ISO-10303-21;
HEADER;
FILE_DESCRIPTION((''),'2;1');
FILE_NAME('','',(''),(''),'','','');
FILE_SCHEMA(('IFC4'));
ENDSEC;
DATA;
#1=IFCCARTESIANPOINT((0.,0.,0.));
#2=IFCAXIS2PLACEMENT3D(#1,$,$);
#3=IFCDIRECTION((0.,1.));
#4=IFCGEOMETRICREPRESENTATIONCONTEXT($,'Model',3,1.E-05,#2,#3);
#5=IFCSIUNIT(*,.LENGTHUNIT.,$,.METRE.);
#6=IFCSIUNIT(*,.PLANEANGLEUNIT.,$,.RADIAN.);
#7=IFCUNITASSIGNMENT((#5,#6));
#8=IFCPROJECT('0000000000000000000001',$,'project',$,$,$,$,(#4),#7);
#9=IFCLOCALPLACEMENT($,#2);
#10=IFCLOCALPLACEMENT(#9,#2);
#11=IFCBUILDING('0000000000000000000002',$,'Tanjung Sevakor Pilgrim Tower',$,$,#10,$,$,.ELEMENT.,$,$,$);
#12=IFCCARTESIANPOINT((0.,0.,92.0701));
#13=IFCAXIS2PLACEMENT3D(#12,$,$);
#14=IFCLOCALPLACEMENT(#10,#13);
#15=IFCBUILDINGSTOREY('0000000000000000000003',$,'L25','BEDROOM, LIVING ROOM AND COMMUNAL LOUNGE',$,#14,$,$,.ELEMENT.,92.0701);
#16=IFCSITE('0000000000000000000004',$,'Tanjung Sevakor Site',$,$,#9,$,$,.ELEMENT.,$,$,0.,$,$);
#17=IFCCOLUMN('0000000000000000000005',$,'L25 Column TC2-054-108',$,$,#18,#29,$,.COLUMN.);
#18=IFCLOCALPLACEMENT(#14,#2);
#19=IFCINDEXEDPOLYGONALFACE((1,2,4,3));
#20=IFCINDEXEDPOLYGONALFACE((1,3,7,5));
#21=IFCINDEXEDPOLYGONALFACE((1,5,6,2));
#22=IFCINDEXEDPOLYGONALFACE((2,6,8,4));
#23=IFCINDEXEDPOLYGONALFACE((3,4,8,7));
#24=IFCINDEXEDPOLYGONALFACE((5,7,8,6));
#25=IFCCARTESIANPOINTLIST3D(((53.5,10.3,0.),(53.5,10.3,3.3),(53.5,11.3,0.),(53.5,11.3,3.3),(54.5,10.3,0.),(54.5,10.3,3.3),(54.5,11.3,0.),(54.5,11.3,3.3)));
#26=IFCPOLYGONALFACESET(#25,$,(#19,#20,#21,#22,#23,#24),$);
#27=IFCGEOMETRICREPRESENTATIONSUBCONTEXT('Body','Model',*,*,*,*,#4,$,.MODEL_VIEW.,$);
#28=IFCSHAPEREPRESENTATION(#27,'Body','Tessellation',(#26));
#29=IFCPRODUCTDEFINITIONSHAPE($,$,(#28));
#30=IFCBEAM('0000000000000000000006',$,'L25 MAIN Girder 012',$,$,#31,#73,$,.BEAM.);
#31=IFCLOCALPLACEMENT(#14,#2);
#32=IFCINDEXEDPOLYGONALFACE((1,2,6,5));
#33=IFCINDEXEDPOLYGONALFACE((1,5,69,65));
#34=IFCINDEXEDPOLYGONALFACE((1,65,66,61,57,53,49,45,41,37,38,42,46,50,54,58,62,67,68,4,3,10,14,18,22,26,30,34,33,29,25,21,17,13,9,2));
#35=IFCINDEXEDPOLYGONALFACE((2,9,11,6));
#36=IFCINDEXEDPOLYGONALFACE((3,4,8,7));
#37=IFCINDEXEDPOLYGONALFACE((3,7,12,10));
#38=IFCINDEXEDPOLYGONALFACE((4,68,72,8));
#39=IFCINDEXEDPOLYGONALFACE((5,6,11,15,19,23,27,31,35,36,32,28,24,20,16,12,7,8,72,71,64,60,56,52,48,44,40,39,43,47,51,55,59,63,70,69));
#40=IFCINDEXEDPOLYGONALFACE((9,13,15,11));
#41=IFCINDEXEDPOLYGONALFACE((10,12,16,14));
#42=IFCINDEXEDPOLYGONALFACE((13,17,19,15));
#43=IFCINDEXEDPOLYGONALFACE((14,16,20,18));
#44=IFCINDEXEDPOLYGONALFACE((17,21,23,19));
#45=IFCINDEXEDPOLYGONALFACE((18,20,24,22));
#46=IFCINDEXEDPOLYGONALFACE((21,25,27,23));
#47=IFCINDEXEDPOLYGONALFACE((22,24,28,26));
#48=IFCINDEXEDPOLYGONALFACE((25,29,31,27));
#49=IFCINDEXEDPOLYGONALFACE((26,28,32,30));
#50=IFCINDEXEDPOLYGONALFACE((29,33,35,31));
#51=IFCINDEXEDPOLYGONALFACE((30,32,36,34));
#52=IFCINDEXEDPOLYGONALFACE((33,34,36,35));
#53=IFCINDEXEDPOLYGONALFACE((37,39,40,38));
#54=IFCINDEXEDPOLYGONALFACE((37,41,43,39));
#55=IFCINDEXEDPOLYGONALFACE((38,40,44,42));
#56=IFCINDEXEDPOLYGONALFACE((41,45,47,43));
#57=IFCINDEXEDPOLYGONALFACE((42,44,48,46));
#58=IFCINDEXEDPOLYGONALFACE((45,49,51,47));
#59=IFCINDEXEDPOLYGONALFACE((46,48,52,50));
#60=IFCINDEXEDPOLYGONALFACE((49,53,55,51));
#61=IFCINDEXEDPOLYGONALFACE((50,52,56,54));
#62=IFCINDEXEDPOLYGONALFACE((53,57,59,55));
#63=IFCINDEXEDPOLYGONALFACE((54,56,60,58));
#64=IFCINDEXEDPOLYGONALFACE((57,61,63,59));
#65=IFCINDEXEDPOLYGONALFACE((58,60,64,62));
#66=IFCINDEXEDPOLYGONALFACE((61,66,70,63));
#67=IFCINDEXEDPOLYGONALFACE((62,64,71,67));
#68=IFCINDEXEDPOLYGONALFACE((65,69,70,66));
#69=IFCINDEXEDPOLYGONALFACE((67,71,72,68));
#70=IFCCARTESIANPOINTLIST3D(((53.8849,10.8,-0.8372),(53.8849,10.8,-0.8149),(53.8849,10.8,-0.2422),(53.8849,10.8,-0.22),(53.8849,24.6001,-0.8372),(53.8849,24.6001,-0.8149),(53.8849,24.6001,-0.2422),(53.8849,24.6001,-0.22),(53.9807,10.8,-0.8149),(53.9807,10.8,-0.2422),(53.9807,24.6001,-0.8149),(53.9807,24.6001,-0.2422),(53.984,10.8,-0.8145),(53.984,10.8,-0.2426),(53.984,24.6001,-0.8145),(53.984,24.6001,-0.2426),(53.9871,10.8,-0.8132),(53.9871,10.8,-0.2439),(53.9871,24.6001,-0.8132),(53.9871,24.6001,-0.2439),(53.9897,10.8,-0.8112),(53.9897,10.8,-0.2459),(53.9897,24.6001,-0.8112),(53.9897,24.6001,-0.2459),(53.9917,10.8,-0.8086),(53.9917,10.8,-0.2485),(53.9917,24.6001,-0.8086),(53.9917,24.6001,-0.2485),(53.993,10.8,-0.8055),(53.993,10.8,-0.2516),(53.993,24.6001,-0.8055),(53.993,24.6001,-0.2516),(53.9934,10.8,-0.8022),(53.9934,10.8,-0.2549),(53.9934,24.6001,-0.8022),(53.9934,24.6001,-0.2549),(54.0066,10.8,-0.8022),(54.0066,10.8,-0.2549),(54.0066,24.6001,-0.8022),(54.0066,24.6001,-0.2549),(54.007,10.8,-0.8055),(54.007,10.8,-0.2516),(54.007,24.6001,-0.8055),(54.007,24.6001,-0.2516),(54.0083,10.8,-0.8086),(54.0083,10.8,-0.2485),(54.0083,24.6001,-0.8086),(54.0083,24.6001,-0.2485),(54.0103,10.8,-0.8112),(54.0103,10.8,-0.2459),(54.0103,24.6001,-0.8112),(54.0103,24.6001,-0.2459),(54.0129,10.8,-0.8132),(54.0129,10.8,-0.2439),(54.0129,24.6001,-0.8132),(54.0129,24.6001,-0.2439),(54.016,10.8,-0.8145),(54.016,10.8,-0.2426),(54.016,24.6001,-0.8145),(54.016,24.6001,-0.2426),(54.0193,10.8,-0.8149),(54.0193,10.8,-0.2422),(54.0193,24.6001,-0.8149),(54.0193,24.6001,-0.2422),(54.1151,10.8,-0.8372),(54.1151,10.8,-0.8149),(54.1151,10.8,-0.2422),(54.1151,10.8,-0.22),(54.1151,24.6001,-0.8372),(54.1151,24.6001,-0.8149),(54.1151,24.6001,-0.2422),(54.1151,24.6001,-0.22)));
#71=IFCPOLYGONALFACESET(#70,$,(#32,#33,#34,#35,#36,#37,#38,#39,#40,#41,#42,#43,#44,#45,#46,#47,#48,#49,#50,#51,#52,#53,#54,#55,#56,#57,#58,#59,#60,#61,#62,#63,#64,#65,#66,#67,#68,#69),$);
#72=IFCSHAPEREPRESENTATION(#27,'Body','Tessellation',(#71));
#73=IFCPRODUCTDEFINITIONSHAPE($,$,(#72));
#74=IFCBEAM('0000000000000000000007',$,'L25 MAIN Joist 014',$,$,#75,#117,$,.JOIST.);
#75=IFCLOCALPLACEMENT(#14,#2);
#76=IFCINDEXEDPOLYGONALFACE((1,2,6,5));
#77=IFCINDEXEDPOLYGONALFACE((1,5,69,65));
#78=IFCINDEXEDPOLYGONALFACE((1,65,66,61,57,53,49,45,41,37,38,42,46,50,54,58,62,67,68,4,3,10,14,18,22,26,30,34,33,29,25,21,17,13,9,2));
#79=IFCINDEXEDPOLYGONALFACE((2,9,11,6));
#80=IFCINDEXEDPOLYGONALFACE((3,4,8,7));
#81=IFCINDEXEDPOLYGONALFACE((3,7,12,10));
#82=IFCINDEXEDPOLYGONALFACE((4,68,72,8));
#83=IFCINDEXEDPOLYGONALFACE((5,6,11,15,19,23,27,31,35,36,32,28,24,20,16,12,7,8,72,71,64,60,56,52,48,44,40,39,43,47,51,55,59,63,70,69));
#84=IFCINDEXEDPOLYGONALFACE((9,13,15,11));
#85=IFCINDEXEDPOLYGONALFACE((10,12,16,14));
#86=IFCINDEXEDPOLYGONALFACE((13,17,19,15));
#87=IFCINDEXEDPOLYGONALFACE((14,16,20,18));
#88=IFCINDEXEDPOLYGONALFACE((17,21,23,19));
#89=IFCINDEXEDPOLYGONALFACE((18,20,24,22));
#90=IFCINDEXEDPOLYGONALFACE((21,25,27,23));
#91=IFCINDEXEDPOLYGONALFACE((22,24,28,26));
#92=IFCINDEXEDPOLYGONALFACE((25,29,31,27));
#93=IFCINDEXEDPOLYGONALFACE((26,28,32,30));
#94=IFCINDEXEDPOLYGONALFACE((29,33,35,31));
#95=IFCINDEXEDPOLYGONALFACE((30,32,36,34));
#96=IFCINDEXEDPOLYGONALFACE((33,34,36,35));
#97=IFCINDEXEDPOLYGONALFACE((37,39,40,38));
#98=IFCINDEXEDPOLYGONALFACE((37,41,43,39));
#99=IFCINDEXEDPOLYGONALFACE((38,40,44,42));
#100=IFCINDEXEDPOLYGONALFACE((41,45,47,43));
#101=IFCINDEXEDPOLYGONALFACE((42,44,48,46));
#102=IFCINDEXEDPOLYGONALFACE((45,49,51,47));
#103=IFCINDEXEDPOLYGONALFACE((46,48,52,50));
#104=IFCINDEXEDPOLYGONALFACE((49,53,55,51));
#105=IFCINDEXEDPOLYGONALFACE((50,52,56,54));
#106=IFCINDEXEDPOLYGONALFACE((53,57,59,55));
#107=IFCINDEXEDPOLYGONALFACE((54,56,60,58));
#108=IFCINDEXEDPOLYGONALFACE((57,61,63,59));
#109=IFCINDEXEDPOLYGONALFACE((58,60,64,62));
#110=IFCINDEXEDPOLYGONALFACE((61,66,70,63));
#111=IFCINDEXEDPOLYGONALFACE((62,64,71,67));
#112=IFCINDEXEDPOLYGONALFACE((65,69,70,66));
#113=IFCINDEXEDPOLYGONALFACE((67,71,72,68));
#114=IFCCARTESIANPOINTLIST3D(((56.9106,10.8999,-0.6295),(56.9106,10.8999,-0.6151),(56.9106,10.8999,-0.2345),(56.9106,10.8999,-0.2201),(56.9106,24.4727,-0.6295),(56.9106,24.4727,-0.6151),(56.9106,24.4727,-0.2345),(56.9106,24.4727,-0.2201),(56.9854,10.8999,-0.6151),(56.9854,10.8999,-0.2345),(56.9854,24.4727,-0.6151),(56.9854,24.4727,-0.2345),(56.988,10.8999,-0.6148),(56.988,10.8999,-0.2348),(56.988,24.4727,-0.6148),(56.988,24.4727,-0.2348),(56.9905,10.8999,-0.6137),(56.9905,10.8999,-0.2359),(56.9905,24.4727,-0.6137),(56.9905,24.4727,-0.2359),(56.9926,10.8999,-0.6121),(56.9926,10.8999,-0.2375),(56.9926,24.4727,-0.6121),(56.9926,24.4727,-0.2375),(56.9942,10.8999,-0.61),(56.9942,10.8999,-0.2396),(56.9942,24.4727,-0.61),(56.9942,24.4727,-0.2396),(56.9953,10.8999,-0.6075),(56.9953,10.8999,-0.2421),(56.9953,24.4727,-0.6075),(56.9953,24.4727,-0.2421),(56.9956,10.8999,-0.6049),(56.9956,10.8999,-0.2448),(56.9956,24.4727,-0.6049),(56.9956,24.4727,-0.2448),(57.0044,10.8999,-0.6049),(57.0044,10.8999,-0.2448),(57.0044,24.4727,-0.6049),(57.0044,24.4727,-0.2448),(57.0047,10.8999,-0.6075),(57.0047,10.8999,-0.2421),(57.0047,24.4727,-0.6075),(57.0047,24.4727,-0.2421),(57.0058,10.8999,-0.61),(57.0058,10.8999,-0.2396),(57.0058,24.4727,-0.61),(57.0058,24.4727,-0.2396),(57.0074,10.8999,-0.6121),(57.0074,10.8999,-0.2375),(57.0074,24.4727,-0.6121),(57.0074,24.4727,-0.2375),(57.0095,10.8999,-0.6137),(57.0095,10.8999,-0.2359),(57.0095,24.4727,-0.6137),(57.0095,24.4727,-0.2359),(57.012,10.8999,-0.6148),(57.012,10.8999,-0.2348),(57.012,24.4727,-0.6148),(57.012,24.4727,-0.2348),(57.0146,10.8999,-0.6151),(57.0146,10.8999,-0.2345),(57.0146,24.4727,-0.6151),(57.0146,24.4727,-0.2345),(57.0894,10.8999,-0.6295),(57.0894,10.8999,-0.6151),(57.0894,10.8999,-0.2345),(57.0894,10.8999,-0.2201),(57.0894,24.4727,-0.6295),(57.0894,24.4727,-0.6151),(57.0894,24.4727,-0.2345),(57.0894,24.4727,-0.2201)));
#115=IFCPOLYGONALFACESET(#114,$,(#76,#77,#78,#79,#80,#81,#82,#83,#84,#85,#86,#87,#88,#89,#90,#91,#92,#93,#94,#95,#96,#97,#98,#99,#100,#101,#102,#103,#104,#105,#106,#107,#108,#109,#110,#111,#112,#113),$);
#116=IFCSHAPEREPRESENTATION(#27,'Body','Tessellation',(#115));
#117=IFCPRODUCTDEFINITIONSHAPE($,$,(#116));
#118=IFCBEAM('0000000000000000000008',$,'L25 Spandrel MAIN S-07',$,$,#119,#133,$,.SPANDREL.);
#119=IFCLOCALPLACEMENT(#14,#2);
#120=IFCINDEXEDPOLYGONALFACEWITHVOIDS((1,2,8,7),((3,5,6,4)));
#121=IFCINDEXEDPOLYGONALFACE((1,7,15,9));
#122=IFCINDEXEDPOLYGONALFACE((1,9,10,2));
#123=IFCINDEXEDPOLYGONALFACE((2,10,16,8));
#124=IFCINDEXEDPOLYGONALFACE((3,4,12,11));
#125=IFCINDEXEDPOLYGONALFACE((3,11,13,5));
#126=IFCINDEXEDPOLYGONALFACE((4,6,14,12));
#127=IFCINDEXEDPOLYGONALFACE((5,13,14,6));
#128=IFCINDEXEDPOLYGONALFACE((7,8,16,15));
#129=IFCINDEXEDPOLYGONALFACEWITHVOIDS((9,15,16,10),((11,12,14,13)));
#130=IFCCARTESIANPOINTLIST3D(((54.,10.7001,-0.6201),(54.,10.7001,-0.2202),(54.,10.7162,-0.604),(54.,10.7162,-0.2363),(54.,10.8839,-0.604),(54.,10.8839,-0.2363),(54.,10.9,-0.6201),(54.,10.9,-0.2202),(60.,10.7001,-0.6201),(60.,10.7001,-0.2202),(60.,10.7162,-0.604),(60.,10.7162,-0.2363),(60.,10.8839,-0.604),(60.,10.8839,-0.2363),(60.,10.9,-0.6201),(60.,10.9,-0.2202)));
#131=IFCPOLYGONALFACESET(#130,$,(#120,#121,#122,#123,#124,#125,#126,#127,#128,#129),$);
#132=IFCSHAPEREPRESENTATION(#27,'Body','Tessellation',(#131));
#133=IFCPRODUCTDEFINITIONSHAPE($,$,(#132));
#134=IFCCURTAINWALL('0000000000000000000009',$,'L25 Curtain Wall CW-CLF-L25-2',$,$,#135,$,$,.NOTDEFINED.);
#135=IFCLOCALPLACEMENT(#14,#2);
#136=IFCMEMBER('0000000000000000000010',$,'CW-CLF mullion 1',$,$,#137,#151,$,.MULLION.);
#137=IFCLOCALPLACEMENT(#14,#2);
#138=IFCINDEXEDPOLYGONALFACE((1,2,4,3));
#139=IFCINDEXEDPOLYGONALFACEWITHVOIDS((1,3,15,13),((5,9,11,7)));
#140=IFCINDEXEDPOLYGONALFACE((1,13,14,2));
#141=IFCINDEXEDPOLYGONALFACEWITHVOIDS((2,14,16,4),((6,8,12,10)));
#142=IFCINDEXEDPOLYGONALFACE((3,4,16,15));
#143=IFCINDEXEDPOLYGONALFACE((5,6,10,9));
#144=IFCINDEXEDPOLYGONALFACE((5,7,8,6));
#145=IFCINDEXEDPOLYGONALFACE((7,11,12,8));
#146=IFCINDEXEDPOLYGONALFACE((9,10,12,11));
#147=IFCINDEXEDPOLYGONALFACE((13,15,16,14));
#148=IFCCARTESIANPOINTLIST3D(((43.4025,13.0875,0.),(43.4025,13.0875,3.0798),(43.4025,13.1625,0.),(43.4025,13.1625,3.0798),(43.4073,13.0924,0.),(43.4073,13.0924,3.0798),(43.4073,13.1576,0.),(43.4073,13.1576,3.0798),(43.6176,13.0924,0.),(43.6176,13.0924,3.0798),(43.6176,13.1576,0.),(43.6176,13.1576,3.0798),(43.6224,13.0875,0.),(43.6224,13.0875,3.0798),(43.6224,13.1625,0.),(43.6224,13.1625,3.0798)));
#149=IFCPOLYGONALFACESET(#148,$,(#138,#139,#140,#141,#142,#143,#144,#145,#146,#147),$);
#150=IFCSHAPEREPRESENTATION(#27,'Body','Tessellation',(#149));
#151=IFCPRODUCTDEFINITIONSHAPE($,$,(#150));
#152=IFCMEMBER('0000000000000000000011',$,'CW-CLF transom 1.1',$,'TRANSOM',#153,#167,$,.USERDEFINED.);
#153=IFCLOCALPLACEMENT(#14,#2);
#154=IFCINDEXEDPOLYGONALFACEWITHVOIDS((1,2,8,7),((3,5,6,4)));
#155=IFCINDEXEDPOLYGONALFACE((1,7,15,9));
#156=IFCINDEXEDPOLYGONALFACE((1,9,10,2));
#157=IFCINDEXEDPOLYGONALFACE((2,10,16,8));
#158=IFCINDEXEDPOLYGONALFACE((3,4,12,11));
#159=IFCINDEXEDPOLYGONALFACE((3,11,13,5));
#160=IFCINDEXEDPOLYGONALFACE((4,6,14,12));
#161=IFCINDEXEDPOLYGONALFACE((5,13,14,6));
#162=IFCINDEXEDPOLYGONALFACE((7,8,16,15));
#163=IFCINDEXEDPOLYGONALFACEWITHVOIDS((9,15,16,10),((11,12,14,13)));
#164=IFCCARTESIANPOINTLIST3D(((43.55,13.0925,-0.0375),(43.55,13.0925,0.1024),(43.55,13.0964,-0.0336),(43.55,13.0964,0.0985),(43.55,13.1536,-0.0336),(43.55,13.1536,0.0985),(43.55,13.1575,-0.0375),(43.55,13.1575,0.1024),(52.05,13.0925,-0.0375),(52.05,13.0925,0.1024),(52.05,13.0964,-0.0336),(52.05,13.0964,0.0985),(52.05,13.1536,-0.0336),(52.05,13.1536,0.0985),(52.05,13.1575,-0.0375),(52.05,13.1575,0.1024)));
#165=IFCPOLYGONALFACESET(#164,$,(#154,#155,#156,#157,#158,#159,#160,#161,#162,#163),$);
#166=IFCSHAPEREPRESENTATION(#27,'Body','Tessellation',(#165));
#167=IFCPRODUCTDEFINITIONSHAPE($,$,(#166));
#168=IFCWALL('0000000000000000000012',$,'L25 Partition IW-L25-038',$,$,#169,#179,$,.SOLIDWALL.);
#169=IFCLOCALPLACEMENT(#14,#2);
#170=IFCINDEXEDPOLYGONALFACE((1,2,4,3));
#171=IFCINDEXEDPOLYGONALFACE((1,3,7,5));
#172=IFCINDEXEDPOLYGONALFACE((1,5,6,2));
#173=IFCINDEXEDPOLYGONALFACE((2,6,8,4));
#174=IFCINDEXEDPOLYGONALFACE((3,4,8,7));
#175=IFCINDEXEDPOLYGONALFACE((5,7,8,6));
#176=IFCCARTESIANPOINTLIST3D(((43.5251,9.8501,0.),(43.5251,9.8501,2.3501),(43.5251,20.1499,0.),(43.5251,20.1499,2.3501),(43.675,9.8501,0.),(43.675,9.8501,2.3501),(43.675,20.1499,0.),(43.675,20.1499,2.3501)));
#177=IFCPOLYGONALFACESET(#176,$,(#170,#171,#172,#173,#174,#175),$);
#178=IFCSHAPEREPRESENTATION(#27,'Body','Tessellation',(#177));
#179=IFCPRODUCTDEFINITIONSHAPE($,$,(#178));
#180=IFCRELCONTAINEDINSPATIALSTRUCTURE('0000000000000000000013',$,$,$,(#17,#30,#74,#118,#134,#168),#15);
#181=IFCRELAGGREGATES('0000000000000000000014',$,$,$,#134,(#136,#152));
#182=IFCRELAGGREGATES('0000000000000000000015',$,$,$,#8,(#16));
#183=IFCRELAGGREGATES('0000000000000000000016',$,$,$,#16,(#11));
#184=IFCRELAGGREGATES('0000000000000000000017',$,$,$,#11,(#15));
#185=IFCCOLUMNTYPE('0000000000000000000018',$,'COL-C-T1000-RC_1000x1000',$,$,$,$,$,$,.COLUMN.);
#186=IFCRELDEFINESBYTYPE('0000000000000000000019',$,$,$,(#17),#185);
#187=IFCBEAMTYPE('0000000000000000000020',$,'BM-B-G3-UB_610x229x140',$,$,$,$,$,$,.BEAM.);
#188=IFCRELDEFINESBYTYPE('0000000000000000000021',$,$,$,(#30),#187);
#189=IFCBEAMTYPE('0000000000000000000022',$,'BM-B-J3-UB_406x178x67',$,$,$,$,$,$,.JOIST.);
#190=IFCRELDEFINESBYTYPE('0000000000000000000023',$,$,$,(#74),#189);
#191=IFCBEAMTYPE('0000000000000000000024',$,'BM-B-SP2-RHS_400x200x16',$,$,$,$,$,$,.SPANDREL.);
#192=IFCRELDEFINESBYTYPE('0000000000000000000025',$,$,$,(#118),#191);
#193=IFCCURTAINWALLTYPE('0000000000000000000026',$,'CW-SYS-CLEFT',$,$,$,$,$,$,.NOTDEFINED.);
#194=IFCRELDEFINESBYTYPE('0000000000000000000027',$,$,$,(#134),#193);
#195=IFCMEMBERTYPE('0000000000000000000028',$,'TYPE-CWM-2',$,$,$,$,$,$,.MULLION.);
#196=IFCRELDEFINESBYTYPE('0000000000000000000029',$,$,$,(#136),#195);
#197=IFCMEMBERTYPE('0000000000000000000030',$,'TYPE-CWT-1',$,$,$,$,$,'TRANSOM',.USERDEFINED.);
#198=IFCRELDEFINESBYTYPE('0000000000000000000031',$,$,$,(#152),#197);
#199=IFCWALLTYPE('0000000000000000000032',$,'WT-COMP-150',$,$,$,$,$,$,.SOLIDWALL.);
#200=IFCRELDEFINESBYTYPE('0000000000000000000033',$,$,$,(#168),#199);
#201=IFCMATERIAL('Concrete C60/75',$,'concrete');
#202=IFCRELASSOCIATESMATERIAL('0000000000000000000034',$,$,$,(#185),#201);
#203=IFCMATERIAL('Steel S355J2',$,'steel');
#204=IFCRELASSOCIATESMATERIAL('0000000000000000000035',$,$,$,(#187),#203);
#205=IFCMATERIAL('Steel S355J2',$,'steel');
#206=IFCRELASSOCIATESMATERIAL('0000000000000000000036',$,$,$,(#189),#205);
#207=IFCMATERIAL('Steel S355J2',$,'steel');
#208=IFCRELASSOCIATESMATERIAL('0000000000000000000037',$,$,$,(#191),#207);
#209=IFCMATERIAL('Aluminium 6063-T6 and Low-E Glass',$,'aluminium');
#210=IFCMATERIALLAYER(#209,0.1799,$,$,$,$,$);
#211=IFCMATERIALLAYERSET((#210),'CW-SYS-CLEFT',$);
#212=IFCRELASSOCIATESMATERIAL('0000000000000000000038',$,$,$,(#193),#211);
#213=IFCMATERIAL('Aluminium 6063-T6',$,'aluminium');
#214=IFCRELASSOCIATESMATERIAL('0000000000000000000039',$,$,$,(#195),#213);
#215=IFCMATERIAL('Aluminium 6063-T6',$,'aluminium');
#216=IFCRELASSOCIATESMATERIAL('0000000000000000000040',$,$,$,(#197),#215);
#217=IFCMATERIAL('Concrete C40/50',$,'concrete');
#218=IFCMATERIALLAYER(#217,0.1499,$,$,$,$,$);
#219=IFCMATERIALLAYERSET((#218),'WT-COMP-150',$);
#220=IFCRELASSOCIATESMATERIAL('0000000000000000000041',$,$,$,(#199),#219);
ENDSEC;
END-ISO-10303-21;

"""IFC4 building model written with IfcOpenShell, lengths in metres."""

from ifc_helpers import new_model, si_unit, direction, frame, frame_2d, origin, origin_2d, place, context, subcontext, project, spatial, rectangle, hollow_rectangle, i_section, extrude, material, layer, layer_set, material_profile, profile_set, type_object, element, aggregate, save


model = new_model("IFC4")

# Units and contexts
model_context = context("Model", 3, precision=1e-05, world=origin(), true_north=direction((0.0, 1.0)))
body_context = subcontext(model_context, "Body", "Model", "MODEL_VIEW")
ifc_project = project(units=[si_unit("LENGTHUNIT", "METRE"), si_unit("PLANEANGLEUNIT", "RADIAN")], contexts=[model_context])

# Site, building, storey
site_placement = place(None, origin())
site = spatial("IfcSite", under=ifc_project, at=site_placement, Name="Tanjung Sevakor Site", CompositionType="ELEMENT", RefElevation=0.0)
building_placement = place(site_placement, origin())
building = spatial("IfcBuilding", under=site, at=building_placement, Name="Tanjung Sevakor Pilgrim Tower", CompositionType="ELEMENT")
storey_placement = place(building_placement, frame((0.0, 0.0, 92.0701)))
storey = spatial("IfcBuildingStorey", under=building, at=storey_placement, Name="L25", Description="BEDROOM, LIVING ROOM AND COMMUNAL LOUNGE", CompositionType="ELEMENT", Elevation=92.0701)

# Column
ifc_material_1 = material(Name="Concrete C60/75", Category="concrete")
ifc_material_profile_1 = material_profile(ifc_material_1, rectangle(XDim=1.0, YDim=1.0, at=origin_2d()))
ifc_profile_set_1 = profile_set([ifc_material_profile_1], Name="Concrete C60/75")
column_type = type_object("IfcColumnType", Name="COL-C-T1000-RC_1000x1000", PredefinedType="COLUMN", material=ifc_profile_set_1)
column_placement = place(storey_placement, frame((54.0, 10.8, 0.0), z_axis=(0.0, 0.0, 1.0), x_axis=(1.0, 0.0, 0.0)))
element("IfcColumn", 1, at=column_placement, inside=storey, type_object=column_type, Name="L25 Column TC2-054-108", PredefinedType="COLUMN", context=body_context, shape_type="SweptSolid", body=[
    extrude(rectangle(XDim=1.0, YDim=1.0, at=origin_2d()), origin(), (0.0, 0.0, 1.0), 3.3),
])

# Beams
ifc_material_2 = material(Name="Steel S355J2", Category="steel")
ifc_material_profile_2 = material_profile(ifc_material_2, i_section(OverallWidth=0.2302, OverallDepth=0.6172, WebThickness=0.0132, FlangeThickness=0.0222, FilletRadius=0.0127, at=origin_2d()))
ifc_profile_set_2 = profile_set([ifc_material_profile_2], Name="Steel S355J2")
beam_type_1 = type_object("IfcBeamType", Name="BM-B-G3-UB_610x229x140", PredefinedType="BEAM", material=ifc_profile_set_2)
beam_1_placement = place(storey_placement, frame((54.0, 10.8, -0.5286), z_axis=(0.0, 1.0, 0.0), x_axis=(-1.0, 0.0, 0.0)))
element("IfcBeam", 2, at=beam_1_placement, inside=storey, type_object=beam_type_1, Name="L25 MAIN Girder 012", PredefinedType="BEAM", context=body_context, shape_type="SweptSolid", body=[
    extrude(i_section(OverallWidth=0.2302, OverallDepth=0.6172, WebThickness=0.0132, FlangeThickness=0.0222, FilletRadius=0.0127, at=origin_2d()), origin(), (0.0, 0.0, 1.0), 13.8),
])
ifc_material_3 = material(Name="Steel S355J2", Category="steel")
ifc_material_profile_3 = material_profile(ifc_material_3, i_section(OverallWidth=0.1787, OverallDepth=0.4094, WebThickness=0.0088, FlangeThickness=0.0144, FilletRadius=0.0103, at=origin_2d()))
ifc_profile_set_3 = profile_set([ifc_material_profile_3], Name="Steel S355J2")
beam_type_2 = type_object("IfcBeamType", Name="BM-B-J3-UB_406x178x67", PredefinedType="JOIST", material=ifc_profile_set_3)
beam_2_placement = place(storey_placement, frame((57.0, 10.8999, -0.4248), z_axis=(0.0, 1.0, 0.0), x_axis=(-1.0, 0.0, 0.0)))
element("IfcBeam", 3, at=beam_2_placement, inside=storey, type_object=beam_type_2, Name="L25 MAIN Joist 014", PredefinedType="JOIST", context=body_context, shape_type="SweptSolid", body=[
    extrude(i_section(OverallWidth=0.1787, OverallDepth=0.4094, WebThickness=0.0088, FlangeThickness=0.0144, FilletRadius=0.0103, at=origin_2d()), origin(), (0.0, 0.0, 1.0), 13.5728),
])
ifc_material_4 = material(Name="Steel S355J2", Category="steel")
ifc_material_profile_4 = material_profile(ifc_material_4, hollow_rectangle(XDim=0.2, YDim=0.3999, WallThickness=0.0161, at=origin_2d()))
ifc_profile_set_4 = profile_set([ifc_material_profile_4], Name="Steel S355J2")
beam_type_3 = type_object("IfcBeamType", Name="BM-B-SP2-RHS_400x200x16", PredefinedType="SPANDREL", material=ifc_profile_set_4)
beam_3_placement = place(storey_placement, frame((54.0, 10.8, -0.4202), z_axis=(1.0, 0.0, 0.0), x_axis=(0.0, 1.0, 0.0)))
element("IfcBeam", 4, at=beam_3_placement, inside=storey, type_object=beam_type_3, Name="L25 Spandrel MAIN S-07", PredefinedType="SPANDREL", context=body_context, shape_type="SweptSolid", body=[
    extrude(hollow_rectangle(XDim=0.2, YDim=0.3999, WallThickness=0.0161, at=origin_2d()), origin(), (0.0, 0.0, 1.0), 6.0),
])

# Curtain wall, members
ifc_material_5 = material(Name="Aluminium 6063-T6 and Low-E Glass", Category="aluminium")
ifc_layer_1 = layer(ifc_material_5, 0.1799)
ifc_layer_set_1 = layer_set([ifc_layer_1], Name="CW-SYS-CLEFT")
curtain_wall_type = type_object("IfcCurtainWallType", Name="CW-SYS-CLEFT", PredefinedType="NOTDEFINED", material=ifc_layer_set_1)
curtain_wall_placement = place(storey_placement, origin())
curtain_wall = element("IfcCurtainWall", 5, at=curtain_wall_placement, inside=storey, type_object=curtain_wall_type, Name="L25 Curtain Wall CW-CLF-L25-2", PredefinedType="NOTDEFINED")
ifc_material_6 = material(Name="Aluminium 6063-T6", Category="aluminium")
ifc_material_profile_5 = material_profile(ifc_material_6, hollow_rectangle(XDim=0.075, YDim=0.22, WallThickness=0.0049, at=origin_2d()))
ifc_profile_set_5 = profile_set([ifc_material_profile_5], Name="Aluminium 6063-T6")
member_type_1 = type_object("IfcMemberType", Name="TYPE-CWM-2", PredefinedType="MULLION", material=ifc_profile_set_5)
member_1_placement = place(storey_placement, frame((43.5125, 13.125, 0.0), z_axis=(0.0, 0.0, 1.0), x_axis=(0.0, 1.0, 0.0)))
member_1 = element("IfcMember", 6, at=member_1_placement, type_object=member_type_1, Name="CW-CLF mullion 1", PredefinedType="MULLION", context=body_context, shape_type="SweptSolid", body=[
    extrude(hollow_rectangle(XDim=0.075, YDim=0.22, WallThickness=0.0049, at=origin_2d()), origin(), (0.0, 0.0, 1.0), 3.0798),
])
ifc_material_7 = material(Name="Aluminium 6063-T6", Category="aluminium")
ifc_material_profile_6 = material_profile(ifc_material_7, hollow_rectangle(XDim=0.0649, YDim=0.1399, WallThickness=0.0039, at=origin_2d()))
ifc_profile_set_6 = profile_set([ifc_material_profile_6], Name="Aluminium 6063-T6")
member_type_2 = type_object("IfcMemberType", Name="TYPE-CWT-1", ElementType="TRANSOM", PredefinedType="USERDEFINED", material=ifc_profile_set_6)
member_2_placement = place(storey_placement, frame((43.55, 13.125, 0.0325), z_axis=(1.0, 0.0, 0.0), x_axis=(0.0, 1.0, 0.0)))
member_2 = element("IfcMember", 7, at=member_2_placement, type_object=member_type_2, Name="CW-CLF transom 1.1", ObjectType="TRANSOM", PredefinedType="USERDEFINED", context=body_context, shape_type="SweptSolid", body=[
    extrude(hollow_rectangle(XDim=0.0649, YDim=0.1399, WallThickness=0.0039, at=origin_2d()), origin(), (0.0, 0.0, 1.0), 8.5),
])
aggregate(curtain_wall, [member_1, member_2])

# Wall
ifc_material_8 = material(Name="Concrete C40/50", Category="concrete")
ifc_layer_2 = layer(ifc_material_8, 0.1499)
ifc_layer_set_2 = layer_set([ifc_layer_2], Name="WT-COMP-150")
wall_type_1 = type_object("IfcWallType", Name="WT-COMP-150", PredefinedType="SOLIDWALL", material=ifc_layer_set_2)
for number, where, z_axis, x_axis, name in (
    (8, (43.6001, 9.8501, 0.0), (0.0, 0.0, 1.0), (0.0, 1.0, 0.0), "L25 Partition IW-L25-038"),
):
    element("IfcWall", number, at=place(storey_placement, frame(where, z_axis=z_axis, x_axis=x_axis)), inside=storey, type_object=wall_type_1, Name=name, PredefinedType="SOLIDWALL", context=body_context, shape_type="SweptSolid", body=[
        extrude(rectangle(XDim=10.2998, YDim=0.1499, at=frame_2d((5.1499, 0.0))), origin(), (0.0, 0.0, 1.0), 2.3501),
    ])

save(model, "model.ifc")
